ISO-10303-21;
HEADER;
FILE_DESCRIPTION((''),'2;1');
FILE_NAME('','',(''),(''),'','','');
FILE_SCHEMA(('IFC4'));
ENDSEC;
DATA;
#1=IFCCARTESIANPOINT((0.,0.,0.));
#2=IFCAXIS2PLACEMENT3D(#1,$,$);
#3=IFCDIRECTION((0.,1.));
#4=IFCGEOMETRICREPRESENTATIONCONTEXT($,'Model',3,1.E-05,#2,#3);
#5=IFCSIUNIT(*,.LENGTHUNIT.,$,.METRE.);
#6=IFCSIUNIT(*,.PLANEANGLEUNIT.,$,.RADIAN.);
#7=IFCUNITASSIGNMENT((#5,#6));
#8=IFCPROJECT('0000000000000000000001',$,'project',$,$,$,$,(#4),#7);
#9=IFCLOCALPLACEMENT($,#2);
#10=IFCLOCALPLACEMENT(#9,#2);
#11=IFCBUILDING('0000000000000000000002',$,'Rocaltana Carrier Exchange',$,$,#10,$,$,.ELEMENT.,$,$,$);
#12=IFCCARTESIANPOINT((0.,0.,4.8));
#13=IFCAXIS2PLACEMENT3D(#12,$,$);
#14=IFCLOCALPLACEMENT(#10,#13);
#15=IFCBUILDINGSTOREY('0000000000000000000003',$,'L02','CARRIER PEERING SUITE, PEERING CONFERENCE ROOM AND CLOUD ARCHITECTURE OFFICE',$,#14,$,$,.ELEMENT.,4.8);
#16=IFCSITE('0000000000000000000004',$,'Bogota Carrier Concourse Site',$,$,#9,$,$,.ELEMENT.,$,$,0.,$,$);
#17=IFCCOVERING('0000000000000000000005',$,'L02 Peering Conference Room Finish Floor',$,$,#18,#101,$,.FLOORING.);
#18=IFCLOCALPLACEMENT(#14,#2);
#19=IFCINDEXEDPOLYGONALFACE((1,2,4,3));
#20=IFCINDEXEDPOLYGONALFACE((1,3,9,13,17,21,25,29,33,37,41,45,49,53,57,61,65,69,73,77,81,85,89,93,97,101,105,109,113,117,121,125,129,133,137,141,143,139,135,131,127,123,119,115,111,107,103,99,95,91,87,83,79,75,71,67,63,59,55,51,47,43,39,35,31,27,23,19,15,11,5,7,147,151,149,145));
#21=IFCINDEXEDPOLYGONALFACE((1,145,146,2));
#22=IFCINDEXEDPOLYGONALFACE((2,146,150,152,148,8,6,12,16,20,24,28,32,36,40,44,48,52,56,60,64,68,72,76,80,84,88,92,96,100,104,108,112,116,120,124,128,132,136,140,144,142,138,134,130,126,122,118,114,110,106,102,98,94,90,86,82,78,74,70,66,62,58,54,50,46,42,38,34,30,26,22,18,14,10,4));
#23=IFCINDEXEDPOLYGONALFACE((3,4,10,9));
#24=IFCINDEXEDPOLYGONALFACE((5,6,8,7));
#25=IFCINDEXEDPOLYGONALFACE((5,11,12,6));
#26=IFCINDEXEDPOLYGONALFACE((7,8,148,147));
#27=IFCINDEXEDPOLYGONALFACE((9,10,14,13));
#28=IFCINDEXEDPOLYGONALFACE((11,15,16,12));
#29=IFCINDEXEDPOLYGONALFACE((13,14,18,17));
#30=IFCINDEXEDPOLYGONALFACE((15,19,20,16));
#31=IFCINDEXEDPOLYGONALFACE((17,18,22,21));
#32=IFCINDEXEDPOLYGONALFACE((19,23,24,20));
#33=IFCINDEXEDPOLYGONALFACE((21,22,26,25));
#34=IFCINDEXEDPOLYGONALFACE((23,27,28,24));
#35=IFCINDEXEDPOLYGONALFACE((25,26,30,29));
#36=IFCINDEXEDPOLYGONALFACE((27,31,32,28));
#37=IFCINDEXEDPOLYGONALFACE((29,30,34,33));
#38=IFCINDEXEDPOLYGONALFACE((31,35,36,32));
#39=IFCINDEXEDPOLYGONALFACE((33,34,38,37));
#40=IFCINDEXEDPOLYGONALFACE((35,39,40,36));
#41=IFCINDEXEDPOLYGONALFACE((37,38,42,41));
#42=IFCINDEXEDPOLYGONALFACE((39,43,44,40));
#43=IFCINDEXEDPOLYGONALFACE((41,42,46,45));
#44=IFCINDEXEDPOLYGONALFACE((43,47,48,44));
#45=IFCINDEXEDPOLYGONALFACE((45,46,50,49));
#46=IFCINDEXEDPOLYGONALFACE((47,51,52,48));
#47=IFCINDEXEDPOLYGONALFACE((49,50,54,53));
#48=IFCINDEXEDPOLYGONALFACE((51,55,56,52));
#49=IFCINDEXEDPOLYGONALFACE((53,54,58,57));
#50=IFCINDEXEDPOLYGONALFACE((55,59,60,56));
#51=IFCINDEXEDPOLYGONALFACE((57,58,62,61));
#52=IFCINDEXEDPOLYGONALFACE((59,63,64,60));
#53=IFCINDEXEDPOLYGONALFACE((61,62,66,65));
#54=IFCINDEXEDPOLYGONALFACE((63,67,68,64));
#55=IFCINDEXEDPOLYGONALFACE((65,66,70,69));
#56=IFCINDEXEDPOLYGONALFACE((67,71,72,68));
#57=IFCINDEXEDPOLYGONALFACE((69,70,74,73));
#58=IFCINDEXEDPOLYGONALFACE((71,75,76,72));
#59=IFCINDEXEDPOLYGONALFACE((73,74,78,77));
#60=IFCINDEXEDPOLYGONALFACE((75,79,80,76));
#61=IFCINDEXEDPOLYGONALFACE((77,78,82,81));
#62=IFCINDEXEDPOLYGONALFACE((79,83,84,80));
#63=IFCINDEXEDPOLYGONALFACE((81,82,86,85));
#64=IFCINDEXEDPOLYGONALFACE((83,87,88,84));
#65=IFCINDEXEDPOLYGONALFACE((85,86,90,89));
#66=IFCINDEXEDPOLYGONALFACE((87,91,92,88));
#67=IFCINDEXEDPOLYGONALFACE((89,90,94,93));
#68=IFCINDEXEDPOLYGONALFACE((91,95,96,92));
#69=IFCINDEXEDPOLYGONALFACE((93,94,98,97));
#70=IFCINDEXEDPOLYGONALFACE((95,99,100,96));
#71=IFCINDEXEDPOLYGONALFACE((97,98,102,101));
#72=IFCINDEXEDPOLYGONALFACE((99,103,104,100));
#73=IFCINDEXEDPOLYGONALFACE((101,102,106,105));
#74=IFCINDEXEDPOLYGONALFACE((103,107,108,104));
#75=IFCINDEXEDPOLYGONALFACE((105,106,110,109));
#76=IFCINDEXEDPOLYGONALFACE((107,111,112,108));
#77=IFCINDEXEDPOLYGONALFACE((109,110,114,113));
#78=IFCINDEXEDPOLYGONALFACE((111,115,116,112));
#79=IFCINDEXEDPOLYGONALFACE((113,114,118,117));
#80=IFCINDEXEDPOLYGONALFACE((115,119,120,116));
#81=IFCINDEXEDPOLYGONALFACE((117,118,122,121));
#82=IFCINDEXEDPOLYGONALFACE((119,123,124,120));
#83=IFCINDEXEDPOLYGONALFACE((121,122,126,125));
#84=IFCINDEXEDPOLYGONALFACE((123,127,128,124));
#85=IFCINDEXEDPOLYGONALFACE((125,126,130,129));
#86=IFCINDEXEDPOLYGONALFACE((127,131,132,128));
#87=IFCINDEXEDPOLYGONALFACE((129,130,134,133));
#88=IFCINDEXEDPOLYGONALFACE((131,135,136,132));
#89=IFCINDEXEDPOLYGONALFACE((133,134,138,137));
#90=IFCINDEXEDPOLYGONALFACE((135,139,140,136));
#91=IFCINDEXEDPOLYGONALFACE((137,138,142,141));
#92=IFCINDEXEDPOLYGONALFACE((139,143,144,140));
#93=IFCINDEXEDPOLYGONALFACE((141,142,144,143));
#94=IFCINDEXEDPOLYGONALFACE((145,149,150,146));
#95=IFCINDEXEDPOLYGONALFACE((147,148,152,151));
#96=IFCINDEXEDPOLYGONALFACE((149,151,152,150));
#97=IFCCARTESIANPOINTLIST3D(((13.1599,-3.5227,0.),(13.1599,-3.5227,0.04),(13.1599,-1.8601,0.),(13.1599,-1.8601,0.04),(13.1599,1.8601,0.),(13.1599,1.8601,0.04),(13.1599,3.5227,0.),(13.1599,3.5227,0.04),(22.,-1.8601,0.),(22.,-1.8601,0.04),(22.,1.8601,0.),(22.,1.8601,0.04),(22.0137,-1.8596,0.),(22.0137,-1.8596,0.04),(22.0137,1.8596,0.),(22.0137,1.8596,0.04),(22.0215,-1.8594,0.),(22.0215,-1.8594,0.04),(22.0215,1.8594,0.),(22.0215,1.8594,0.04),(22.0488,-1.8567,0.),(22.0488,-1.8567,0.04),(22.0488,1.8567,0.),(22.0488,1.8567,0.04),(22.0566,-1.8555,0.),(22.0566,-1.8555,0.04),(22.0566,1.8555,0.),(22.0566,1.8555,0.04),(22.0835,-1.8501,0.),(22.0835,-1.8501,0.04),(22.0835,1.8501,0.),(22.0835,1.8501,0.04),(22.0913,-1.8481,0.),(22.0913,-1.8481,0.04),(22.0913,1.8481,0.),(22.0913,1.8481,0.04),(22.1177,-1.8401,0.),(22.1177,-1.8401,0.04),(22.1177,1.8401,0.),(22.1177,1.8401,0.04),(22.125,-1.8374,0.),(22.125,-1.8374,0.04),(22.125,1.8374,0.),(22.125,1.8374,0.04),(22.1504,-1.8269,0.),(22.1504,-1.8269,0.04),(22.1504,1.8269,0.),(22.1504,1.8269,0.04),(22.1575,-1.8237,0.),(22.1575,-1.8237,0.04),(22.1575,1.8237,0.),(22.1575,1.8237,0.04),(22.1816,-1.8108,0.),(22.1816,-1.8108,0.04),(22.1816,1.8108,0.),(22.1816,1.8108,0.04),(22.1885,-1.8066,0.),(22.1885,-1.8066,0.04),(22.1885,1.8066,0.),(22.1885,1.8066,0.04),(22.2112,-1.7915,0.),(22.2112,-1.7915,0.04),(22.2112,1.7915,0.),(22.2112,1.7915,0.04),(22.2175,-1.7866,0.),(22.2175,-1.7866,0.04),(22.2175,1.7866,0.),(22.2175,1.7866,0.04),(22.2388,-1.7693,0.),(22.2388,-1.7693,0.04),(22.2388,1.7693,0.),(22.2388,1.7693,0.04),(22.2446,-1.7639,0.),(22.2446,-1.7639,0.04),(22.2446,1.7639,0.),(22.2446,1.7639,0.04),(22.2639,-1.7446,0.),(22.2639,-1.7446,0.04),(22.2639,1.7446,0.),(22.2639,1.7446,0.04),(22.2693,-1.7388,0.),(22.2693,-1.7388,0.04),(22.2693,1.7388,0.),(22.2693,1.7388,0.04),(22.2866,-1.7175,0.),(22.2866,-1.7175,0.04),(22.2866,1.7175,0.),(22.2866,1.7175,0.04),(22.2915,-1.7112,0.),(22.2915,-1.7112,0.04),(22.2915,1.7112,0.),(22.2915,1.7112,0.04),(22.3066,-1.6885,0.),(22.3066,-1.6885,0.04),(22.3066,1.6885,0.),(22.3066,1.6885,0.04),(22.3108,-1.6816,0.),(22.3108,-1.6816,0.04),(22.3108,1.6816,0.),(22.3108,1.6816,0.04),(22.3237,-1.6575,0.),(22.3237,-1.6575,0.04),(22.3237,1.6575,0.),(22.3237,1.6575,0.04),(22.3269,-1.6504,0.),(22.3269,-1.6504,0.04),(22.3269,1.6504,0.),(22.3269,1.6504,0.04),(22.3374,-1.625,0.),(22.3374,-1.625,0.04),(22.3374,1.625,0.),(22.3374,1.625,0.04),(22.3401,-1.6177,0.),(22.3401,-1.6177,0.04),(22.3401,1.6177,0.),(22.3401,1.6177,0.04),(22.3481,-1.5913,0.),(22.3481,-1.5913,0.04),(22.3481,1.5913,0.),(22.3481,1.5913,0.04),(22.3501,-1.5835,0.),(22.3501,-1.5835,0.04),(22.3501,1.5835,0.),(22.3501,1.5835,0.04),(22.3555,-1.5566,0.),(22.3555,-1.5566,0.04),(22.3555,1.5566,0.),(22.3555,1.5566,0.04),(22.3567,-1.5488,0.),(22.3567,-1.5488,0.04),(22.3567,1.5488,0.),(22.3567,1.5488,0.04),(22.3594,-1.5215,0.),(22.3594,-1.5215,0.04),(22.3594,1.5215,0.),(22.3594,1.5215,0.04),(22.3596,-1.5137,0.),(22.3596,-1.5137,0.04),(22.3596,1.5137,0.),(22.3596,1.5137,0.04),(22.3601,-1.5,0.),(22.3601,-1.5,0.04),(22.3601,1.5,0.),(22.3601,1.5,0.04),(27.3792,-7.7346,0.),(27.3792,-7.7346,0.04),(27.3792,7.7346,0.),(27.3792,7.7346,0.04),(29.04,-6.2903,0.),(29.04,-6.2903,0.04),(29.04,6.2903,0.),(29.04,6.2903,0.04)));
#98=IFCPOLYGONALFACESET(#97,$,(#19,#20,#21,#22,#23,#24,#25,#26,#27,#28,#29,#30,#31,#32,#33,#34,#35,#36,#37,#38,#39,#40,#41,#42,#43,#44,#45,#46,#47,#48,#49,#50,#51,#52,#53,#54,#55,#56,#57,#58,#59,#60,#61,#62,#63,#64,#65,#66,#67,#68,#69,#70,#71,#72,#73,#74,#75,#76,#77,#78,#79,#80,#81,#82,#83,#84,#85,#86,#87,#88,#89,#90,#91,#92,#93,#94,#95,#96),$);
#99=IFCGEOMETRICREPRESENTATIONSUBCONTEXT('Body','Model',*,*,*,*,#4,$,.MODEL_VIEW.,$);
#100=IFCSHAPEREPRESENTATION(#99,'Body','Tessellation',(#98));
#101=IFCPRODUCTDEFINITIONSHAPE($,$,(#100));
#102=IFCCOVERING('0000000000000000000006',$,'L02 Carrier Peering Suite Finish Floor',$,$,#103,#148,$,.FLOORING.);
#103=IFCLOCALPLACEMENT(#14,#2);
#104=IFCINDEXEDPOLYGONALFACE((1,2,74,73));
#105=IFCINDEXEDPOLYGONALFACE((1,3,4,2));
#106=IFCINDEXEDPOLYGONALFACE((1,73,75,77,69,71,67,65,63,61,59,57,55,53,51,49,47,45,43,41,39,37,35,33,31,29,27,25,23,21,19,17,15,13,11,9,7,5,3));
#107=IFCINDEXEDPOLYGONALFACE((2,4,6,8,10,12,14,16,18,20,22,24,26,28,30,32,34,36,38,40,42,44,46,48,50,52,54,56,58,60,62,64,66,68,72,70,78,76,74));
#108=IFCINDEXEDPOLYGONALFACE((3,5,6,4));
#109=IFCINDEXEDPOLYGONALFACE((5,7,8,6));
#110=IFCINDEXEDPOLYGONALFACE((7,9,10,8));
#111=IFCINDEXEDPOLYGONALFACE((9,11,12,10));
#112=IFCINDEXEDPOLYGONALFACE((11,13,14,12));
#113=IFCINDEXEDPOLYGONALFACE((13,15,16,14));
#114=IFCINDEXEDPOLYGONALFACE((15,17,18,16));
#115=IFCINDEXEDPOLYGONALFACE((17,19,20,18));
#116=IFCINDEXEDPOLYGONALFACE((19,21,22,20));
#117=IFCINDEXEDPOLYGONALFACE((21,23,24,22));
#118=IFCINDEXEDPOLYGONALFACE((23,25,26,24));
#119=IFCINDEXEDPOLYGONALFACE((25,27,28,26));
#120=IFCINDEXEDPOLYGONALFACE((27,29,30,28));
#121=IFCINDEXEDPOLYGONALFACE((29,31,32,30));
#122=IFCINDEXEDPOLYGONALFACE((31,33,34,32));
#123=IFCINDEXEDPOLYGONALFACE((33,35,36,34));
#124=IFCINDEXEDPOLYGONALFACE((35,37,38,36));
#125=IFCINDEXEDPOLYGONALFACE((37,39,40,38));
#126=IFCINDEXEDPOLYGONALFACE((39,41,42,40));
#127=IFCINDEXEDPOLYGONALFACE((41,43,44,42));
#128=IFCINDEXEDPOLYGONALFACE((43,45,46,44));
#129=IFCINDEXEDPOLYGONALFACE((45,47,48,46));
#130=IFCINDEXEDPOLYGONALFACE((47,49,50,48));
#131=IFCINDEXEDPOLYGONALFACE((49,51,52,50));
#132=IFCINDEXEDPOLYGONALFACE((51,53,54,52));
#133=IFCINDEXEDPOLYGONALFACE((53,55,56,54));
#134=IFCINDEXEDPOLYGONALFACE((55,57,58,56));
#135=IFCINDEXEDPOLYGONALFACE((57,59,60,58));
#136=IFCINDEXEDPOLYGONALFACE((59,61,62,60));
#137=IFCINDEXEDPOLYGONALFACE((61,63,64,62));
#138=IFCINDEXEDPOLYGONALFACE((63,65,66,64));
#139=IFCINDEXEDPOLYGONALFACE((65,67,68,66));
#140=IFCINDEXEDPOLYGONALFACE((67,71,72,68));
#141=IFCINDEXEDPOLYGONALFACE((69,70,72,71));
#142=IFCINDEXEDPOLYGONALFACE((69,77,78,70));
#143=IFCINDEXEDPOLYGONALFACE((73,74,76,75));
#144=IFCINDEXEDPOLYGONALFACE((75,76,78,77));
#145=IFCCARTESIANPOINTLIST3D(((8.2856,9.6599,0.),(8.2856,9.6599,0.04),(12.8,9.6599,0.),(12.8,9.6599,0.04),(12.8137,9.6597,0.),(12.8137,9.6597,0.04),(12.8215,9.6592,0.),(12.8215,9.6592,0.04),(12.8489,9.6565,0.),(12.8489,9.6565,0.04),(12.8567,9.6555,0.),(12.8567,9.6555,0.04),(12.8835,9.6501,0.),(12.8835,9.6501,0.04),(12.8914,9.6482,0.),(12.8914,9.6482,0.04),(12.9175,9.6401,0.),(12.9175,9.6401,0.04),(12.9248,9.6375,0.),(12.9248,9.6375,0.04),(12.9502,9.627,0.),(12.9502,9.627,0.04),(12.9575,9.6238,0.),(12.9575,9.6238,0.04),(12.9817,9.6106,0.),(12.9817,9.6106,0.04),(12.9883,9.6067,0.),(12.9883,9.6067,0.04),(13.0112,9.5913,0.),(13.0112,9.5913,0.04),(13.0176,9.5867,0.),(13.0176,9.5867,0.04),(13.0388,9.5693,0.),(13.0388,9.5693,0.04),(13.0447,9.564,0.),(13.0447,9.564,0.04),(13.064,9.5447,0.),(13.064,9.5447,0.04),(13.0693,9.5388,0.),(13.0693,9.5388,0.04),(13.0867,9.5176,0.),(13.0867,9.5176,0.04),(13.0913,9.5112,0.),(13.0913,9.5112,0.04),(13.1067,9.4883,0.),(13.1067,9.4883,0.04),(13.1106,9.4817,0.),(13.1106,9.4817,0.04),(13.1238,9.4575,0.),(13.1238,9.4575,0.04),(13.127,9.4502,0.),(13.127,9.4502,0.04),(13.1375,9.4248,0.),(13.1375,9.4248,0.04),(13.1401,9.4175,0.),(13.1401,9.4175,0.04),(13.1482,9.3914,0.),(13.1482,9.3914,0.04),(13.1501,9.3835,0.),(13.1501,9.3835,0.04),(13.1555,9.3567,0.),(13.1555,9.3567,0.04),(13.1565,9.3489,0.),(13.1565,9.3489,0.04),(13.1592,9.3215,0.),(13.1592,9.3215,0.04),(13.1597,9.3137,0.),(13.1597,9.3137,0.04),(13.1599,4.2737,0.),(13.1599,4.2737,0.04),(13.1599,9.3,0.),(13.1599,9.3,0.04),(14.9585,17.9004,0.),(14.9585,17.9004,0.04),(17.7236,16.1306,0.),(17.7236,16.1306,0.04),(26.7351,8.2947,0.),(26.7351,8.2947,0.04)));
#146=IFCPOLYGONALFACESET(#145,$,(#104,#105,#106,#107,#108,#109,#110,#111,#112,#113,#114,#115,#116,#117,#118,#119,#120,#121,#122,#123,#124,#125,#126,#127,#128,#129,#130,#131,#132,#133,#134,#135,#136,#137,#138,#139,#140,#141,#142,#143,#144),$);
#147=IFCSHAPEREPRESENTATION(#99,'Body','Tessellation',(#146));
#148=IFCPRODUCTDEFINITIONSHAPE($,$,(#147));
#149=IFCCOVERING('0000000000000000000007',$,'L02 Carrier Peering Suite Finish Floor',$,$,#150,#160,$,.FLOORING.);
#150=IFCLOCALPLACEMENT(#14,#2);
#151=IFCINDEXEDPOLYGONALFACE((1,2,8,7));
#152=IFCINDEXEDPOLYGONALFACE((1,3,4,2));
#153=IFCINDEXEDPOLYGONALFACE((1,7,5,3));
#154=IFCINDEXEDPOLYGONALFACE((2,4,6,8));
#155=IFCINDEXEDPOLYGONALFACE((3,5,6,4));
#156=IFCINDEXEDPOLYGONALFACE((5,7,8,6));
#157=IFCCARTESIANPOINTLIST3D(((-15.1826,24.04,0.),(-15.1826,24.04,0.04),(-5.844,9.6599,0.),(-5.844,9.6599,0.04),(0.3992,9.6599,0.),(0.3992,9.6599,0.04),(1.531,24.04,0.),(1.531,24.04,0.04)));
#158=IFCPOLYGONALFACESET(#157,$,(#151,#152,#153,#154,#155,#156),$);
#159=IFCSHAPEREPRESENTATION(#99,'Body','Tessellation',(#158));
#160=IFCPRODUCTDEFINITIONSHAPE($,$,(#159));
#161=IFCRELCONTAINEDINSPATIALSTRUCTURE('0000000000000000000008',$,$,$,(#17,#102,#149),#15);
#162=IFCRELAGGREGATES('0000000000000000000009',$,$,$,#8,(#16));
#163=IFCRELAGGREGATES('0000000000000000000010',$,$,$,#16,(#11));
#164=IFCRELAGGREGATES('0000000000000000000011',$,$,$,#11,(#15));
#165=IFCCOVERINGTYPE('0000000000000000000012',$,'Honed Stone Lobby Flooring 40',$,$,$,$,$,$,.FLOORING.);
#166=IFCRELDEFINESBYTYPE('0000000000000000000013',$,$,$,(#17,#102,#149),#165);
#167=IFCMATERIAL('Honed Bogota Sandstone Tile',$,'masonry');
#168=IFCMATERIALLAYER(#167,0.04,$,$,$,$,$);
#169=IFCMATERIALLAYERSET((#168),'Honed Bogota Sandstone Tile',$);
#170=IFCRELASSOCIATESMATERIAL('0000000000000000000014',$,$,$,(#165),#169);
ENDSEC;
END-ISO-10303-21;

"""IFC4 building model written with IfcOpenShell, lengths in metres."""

from ifc_helpers import new_model, si_unit, direction, frame, origin, place, context, subcontext, project, spatial, polyline, outline, extrude, material, layer, layer_set, type_object, element, save


model = new_model("IFC4")

# Units and contexts
model_context = context("Model", 3, precision=1e-05, world=origin(), true_north=direction((0.0, 1.0)))
body_context = subcontext(model_context, "Body", "Model", "MODEL_VIEW")
ifc_project = project(units=[si_unit("LENGTHUNIT", "METRE"), si_unit("PLANEANGLEUNIT", "RADIAN")], contexts=[model_context])

# Site, building, storey
site_placement = place(None, origin())
site = spatial("IfcSite", under=ifc_project, at=site_placement, Name="Bogota Carrier Concourse Site", CompositionType="ELEMENT", RefElevation=0.0)
building_placement = place(site_placement, origin())
building = spatial("IfcBuilding", under=site, at=building_placement, Name="Rocaltana Carrier Exchange", CompositionType="ELEMENT")
storey_placement = place(building_placement, frame((0.0, 0.0, 4.8)))
storey = spatial("IfcBuildingStorey", under=building, at=storey_placement, Name="L02", Description="CARRIER PEERING SUITE, PEERING CONFERENCE ROOM AND CLOUD ARCHITECTURE OFFICE", CompositionType="ELEMENT", Elevation=4.8)

# Coverings
ifc_material_1 = material(Name="Honed Bogota Sandstone Tile", Category="masonry")
ifc_layer_1 = layer(ifc_material_1, 0.04)
ifc_layer_set_1 = layer_set([ifc_layer_1], Name="Honed Bogota Sandstone Tile")
covering_type_1 = type_object("IfcCoveringType", Name="Honed Stone Lobby Flooring 40", PredefinedType="FLOORING", material=ifc_layer_set_1)
covering_1_placement = place(storey_placement, origin())
element("IfcCovering", 1, at=covering_1_placement, inside=storey, type_object=covering_type_1, Name="L02 Peering Conference Room Finish Floor", PredefinedType="FLOORING", context=body_context, shape_type="SweptSolid", body=[
    extrude(outline(polyline([(29.04, 6.2903), (29.04, -6.2903), (27.3792, -7.7346), (13.1599, -3.5227), (13.1599, -1.8601), (22.0, -1.8601), (22.0137, -1.8596), (22.0215, -1.8594), (22.0488, -1.8567), (22.0566, -1.8555), (22.0835, -1.8501), (22.0913, -1.8481), (22.1177, -1.8401), (22.125, -1.8374), (22.1504, -1.8269), (22.1575, -1.8237), (22.1816, -1.8108), (22.1885, -1.8066), (22.2112, -1.7915), (22.2175, -1.7866), (22.2388, -1.7693), (22.2446, -1.7639), (22.2639, -1.7446), (22.2693, -1.7388), (22.2866, -1.7175), (22.2915, -1.7112), (22.3066, -1.6885), (22.3108, -1.6816), (22.3237, -1.6575), (22.3269, -1.6504), (22.3374, -1.625), (22.3401, -1.6177), (22.3481, -1.5913), (22.3501, -1.5835), (22.3555, -1.5566), (22.3567, -1.5488), (22.3594, -1.5215), (22.3596, -1.5137), (22.3601, -1.5), (22.3601, 1.5), (22.3596, 1.5137), (22.3594, 1.5215), (22.3567, 1.5488), (22.3555, 1.5566), (22.3501, 1.5835), (22.3481, 1.5913), (22.3401, 1.6177), (22.3374, 1.625), (22.3269, 1.6504), (22.3237, 1.6575), (22.3108, 1.6816), (22.3066, 1.6885), (22.2915, 1.7112), (22.2866, 1.7175), (22.2693, 1.7388), (22.2639, 1.7446), (22.2446, 1.7639), (22.2388, 1.7693), (22.2175, 1.7866), (22.2112, 1.7915), (22.1885, 1.8066), (22.1816, 1.8108), (22.1575, 1.8237), (22.1504, 1.8269), (22.125, 1.8374), (22.1177, 1.8401), (22.0913, 1.8481), (22.0835, 1.8501), (22.0566, 1.8555), (22.0488, 1.8567), (22.0215, 1.8594), (22.0137, 1.8596), (22.0, 1.8601), (13.1599, 1.8601), (13.1599, 3.5227), (27.3792, 7.7346), (29.04, 6.2903)])), origin(), (0.0, 0.0, 1.0), 0.04),
])
covering_2_placement = place(storey_placement, origin())
element("IfcCovering", 2, at=covering_2_placement, inside=storey, type_object=covering_type_1, Name="L02 Carrier Peering Suite Finish Floor", PredefinedType="FLOORING", context=body_context, shape_type="SweptSolid", body=[
    extrude(outline(polyline([(17.7236, 16.1306), (26.7351, 8.2947), (13.1599, 4.2737), (13.1599, 9.3), (13.1597, 9.3137), (13.1592, 9.3215), (13.1565, 9.3489), (13.1555, 9.3567), (13.1501, 9.3835), (13.1482, 9.3914), (13.1401, 9.4175), (13.1375, 9.4248), (13.127, 9.4502), (13.1238, 9.4575), (13.1106, 9.4817), (13.1067, 9.4883), (13.0913, 9.5112), (13.0867, 9.5176), (13.0693, 9.5388), (13.064, 9.5447), (13.0447, 9.564), (13.0388, 9.5693), (13.0176, 9.5867), (13.0112, 9.5913), (12.9883, 9.6067), (12.9817, 9.6106), (12.9575, 9.6238), (12.9502, 9.627), (12.9248, 9.6375), (12.9175, 9.6401), (12.8914, 9.6482), (12.8835, 9.6501), (12.8567, 9.6555), (12.8489, 9.6565), (12.8215, 9.6592), (12.8137, 9.6597), (12.8, 9.6599), (8.2856, 9.6599), (14.9585, 17.9004), (17.7236, 16.1306)])), origin(), (0.0, 0.0, 1.0), 0.04),
])
covering_3_placement = place(storey_placement, origin())
element("IfcCovering", 3, at=covering_3_placement, inside=storey, type_object=covering_type_1, Name="L02 Carrier Peering Suite Finish Floor", PredefinedType="FLOORING", context=body_context, shape_type="SweptSolid", body=[
    extrude(outline(polyline([(1.531, 24.04), (0.3992, 9.6599), (-5.844, 9.6599), (-15.1826, 24.04), (1.531, 24.04)])), origin(), (0.0, 0.0, 1.0), 0.04),
])

save(model, "model.ifc")
